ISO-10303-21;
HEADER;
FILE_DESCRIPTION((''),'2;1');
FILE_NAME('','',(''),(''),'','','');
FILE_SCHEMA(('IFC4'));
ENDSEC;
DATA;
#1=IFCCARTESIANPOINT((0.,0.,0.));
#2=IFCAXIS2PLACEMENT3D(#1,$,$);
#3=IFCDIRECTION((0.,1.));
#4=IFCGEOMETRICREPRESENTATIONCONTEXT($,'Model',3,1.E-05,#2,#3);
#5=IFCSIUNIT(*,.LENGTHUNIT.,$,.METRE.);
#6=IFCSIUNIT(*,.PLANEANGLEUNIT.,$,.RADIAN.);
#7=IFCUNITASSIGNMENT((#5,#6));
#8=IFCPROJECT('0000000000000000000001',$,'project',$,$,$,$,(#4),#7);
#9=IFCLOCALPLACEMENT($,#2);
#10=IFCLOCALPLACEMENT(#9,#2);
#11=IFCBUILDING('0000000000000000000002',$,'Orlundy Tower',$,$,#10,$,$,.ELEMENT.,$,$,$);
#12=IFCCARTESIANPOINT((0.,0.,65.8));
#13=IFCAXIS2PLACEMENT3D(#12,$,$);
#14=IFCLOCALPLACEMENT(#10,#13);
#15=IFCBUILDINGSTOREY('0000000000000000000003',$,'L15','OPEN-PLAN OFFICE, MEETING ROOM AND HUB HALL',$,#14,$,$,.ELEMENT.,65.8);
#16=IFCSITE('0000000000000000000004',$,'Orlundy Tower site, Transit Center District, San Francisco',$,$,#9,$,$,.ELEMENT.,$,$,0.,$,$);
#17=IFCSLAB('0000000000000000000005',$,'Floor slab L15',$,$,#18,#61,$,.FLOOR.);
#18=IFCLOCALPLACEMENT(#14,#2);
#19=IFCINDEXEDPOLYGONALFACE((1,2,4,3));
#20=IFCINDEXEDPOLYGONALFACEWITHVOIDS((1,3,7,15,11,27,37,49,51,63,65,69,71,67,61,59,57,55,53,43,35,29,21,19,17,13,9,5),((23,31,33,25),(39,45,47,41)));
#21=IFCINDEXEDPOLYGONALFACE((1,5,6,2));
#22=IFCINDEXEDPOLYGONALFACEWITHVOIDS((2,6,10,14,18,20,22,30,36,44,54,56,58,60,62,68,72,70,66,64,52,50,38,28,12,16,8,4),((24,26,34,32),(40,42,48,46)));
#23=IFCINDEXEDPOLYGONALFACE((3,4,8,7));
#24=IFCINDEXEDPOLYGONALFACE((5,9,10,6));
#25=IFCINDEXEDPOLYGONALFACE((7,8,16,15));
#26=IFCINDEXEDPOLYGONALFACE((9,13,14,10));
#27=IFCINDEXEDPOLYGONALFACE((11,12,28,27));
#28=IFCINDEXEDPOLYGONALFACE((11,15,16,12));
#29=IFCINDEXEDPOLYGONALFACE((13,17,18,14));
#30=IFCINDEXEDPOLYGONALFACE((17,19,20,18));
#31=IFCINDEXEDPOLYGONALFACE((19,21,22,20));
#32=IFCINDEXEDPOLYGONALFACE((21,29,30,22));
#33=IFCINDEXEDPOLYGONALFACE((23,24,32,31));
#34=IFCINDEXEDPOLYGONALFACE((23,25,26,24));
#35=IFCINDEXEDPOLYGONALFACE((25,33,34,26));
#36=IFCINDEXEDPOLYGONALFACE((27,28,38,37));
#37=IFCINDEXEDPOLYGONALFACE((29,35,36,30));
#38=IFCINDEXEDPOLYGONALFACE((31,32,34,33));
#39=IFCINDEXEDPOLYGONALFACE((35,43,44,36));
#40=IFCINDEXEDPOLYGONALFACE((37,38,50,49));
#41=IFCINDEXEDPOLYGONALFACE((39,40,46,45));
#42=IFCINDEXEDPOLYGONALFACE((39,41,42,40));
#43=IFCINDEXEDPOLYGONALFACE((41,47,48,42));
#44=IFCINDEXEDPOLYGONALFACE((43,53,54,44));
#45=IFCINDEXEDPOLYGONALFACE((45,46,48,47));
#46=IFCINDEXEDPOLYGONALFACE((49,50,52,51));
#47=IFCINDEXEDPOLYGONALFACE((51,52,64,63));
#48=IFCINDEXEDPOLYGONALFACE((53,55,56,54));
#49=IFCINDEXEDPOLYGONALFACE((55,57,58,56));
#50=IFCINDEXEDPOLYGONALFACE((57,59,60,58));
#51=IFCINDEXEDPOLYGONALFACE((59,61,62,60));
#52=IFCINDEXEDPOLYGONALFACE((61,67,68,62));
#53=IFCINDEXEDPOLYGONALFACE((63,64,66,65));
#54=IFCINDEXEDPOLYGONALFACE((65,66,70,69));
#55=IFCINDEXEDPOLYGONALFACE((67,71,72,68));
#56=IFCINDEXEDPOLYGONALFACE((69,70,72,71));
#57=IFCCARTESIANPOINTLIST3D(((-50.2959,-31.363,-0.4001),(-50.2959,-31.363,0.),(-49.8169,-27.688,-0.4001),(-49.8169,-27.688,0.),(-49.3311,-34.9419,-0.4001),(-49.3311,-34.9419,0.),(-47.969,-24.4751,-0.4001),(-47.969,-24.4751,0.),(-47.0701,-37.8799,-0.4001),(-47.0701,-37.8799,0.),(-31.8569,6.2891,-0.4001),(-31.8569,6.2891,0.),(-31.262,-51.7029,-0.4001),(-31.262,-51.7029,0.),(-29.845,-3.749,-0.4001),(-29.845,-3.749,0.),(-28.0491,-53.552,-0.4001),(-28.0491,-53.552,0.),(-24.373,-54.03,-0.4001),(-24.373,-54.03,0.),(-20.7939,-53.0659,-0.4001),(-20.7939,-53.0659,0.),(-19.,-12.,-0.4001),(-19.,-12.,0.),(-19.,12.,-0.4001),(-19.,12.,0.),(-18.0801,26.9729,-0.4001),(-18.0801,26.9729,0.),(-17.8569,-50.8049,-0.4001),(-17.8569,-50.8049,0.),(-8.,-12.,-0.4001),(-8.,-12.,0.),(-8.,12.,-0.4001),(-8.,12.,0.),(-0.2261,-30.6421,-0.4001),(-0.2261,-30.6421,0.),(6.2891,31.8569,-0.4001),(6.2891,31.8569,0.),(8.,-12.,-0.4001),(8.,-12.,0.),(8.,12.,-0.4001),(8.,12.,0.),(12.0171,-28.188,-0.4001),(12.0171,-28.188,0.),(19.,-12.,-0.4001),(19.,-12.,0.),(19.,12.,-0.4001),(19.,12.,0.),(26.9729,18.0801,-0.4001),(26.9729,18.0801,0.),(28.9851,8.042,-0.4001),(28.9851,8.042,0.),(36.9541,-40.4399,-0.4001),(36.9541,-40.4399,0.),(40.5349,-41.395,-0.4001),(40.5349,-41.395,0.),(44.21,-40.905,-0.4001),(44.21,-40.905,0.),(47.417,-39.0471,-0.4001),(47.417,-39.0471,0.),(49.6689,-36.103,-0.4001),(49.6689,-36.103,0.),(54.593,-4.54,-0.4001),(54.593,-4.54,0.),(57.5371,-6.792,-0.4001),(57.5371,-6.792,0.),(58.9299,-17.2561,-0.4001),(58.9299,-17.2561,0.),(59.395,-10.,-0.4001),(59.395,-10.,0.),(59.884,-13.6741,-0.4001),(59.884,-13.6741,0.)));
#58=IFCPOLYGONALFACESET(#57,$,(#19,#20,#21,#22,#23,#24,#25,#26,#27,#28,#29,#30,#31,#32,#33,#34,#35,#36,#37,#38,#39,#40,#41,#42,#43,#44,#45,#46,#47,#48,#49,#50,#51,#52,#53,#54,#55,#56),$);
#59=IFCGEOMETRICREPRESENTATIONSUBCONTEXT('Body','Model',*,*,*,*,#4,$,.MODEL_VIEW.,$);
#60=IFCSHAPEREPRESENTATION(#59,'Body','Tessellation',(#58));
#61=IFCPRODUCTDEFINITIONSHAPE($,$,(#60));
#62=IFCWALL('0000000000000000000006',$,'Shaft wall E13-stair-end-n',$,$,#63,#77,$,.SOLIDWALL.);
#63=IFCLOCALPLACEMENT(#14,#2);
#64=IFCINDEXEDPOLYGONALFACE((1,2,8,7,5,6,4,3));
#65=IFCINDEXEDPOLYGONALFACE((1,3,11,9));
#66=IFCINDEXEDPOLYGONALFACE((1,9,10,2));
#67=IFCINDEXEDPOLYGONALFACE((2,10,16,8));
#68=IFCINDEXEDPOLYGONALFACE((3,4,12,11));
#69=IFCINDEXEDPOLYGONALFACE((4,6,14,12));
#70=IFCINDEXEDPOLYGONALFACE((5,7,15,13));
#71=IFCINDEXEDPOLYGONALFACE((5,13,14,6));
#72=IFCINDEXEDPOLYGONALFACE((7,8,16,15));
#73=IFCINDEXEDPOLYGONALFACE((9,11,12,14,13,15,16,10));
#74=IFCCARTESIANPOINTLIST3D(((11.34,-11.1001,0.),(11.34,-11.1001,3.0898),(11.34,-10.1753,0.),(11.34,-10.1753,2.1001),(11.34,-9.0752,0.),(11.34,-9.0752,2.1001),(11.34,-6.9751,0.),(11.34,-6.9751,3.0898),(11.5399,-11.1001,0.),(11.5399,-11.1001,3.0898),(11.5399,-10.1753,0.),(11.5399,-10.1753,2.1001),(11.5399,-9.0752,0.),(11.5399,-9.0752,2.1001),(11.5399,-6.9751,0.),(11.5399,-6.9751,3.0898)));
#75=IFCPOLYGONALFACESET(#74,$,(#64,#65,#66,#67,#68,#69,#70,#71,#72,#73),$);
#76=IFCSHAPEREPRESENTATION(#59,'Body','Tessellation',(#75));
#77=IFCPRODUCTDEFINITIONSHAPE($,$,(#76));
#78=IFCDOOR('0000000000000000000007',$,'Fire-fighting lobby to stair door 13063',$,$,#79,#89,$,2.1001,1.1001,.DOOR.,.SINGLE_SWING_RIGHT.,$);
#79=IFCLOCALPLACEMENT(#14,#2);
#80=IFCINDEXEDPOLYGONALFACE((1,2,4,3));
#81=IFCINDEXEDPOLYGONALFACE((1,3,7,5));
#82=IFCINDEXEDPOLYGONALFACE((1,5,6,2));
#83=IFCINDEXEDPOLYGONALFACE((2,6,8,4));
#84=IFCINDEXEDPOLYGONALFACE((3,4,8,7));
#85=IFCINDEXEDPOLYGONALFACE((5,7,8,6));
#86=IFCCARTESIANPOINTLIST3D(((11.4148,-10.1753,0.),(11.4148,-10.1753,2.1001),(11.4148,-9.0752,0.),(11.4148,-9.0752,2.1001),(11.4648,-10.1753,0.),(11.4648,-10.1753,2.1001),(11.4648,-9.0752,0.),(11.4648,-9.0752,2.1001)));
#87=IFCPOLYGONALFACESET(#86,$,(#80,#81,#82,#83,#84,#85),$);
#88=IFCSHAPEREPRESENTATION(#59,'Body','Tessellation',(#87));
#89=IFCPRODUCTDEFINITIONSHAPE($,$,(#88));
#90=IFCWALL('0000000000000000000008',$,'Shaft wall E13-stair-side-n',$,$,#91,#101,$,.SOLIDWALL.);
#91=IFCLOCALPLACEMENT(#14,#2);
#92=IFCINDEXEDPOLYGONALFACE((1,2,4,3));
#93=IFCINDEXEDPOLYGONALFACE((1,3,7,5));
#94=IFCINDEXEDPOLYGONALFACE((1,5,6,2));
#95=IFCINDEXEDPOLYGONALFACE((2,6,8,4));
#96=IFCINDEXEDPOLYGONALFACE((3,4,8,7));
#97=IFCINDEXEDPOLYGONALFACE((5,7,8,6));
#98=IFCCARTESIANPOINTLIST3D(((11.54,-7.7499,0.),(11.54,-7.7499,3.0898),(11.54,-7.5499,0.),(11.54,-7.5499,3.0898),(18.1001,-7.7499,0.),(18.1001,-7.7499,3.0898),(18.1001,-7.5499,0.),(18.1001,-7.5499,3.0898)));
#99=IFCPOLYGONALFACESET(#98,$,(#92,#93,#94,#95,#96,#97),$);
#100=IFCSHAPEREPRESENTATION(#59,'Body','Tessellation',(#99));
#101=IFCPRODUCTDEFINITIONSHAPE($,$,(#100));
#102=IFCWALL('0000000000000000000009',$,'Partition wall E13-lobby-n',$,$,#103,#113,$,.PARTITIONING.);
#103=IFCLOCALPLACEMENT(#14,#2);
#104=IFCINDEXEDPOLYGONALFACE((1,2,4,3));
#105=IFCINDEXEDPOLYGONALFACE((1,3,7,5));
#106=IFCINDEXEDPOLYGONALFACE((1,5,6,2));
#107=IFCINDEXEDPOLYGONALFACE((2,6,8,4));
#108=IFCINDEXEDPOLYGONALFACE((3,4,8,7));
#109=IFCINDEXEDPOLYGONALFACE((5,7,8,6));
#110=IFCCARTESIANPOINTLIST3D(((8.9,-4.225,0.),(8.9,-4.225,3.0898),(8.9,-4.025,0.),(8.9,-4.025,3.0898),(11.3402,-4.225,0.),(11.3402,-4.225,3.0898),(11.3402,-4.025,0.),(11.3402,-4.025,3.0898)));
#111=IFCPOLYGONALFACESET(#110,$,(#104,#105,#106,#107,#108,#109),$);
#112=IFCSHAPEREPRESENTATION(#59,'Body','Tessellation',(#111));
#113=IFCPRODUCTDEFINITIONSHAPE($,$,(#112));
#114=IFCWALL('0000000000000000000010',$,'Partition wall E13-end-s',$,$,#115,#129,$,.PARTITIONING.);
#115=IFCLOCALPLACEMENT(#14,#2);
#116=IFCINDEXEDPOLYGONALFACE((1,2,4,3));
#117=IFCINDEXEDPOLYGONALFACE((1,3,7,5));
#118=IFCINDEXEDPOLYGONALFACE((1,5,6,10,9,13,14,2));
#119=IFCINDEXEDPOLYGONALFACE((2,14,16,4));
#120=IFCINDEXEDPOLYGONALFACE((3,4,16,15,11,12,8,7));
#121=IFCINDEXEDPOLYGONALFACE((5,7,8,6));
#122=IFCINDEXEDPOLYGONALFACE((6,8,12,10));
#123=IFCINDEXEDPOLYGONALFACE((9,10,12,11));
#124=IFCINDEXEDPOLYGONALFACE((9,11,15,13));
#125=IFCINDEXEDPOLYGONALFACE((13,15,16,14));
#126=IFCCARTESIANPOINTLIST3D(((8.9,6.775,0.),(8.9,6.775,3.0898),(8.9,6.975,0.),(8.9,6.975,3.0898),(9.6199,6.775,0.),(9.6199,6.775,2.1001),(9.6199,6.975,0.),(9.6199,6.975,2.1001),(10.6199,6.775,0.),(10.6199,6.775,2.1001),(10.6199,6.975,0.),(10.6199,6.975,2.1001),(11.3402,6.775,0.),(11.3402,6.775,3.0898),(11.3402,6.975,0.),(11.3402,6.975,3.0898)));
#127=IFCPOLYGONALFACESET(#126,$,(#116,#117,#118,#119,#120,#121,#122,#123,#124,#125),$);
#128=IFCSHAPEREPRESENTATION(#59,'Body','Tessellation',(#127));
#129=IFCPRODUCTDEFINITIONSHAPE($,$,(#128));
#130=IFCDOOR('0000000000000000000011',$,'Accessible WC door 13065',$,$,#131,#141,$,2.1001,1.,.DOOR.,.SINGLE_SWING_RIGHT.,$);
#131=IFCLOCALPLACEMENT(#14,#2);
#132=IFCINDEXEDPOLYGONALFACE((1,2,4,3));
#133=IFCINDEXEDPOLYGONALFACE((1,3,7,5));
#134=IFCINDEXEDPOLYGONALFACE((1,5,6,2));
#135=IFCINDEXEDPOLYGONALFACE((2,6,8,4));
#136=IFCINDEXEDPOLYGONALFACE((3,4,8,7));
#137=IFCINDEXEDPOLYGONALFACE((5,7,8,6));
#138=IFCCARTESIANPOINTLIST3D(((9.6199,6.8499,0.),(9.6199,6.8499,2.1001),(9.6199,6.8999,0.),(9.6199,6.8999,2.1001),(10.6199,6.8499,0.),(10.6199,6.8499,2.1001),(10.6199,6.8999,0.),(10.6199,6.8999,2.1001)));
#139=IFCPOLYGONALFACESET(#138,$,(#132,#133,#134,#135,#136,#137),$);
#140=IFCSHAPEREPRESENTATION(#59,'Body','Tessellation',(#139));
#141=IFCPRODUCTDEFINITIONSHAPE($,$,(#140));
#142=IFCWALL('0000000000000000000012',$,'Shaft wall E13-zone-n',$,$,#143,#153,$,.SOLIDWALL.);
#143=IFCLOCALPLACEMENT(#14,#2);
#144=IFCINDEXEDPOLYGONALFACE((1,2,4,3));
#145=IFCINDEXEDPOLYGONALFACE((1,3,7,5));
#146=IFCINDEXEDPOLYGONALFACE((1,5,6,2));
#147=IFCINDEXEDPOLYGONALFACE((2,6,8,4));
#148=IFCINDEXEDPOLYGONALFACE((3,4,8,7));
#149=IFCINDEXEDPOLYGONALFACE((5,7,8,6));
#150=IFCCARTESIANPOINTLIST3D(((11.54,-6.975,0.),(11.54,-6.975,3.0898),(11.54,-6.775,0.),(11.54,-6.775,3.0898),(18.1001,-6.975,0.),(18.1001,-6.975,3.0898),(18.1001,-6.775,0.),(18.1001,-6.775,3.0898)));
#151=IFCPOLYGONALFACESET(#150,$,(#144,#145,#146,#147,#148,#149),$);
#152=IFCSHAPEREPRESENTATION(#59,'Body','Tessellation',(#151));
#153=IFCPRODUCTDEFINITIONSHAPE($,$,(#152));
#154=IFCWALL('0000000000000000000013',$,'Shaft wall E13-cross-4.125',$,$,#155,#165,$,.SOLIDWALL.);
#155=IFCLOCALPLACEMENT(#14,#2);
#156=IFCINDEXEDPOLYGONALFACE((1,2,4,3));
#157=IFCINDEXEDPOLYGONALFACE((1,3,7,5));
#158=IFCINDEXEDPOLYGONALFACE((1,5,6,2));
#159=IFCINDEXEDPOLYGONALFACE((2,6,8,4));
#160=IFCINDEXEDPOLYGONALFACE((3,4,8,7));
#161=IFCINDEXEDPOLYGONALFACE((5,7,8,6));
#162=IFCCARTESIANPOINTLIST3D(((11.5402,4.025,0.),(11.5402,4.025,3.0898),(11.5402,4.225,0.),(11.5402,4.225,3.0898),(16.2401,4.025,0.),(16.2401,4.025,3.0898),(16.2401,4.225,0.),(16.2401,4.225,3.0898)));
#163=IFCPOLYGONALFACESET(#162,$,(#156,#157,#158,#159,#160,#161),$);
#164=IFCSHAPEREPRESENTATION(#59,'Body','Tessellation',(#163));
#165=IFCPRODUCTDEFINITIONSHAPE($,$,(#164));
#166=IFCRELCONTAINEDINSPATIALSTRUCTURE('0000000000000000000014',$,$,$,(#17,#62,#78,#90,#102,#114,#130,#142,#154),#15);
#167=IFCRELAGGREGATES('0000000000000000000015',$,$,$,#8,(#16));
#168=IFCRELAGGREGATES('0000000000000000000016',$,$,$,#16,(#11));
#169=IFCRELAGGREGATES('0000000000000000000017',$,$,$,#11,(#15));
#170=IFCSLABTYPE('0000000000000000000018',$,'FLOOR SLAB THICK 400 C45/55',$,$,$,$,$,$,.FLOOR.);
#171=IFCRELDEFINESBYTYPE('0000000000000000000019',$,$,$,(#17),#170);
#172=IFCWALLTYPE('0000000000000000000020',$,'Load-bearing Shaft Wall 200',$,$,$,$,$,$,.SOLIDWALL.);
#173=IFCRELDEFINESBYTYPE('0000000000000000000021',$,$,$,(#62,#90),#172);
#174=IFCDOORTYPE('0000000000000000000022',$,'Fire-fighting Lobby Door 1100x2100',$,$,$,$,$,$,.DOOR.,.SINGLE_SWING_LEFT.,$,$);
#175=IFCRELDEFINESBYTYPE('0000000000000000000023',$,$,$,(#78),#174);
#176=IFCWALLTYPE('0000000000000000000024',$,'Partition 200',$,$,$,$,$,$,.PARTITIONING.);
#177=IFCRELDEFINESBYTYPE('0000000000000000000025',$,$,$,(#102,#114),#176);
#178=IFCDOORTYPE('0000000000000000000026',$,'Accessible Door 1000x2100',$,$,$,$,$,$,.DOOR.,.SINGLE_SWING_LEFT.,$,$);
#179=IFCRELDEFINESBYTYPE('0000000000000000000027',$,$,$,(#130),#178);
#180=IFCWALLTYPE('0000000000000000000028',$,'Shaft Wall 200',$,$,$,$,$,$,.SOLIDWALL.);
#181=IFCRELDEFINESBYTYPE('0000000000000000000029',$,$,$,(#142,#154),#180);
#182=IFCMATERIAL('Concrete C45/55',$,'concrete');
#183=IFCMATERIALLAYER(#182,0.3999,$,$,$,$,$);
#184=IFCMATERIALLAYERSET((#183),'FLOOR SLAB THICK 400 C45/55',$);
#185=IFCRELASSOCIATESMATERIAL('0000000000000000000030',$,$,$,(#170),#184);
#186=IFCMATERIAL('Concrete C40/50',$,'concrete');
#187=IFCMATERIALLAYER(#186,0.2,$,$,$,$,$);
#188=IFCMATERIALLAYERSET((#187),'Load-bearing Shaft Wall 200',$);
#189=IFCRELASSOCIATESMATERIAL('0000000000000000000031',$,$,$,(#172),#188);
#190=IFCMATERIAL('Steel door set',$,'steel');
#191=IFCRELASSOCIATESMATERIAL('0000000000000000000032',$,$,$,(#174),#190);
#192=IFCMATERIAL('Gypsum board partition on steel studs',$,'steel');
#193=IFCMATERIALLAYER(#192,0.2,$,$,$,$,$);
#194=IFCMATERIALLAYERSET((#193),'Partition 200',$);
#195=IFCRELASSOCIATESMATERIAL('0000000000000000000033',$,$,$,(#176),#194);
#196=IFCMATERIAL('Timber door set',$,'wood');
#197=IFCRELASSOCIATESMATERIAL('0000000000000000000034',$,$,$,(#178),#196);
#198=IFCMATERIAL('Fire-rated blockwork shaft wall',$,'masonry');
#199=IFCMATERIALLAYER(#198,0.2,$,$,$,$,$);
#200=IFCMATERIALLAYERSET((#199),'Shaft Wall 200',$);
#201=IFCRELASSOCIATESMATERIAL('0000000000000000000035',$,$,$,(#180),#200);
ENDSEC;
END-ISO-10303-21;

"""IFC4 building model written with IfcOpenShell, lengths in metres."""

from ifc_helpers import new_model, si_unit, direction, frame, frame_2d, origin, place, context, subcontext, project, spatial, polyline, rectangle, outline, extrude, material, layer, layer_set, type_object, element, fill, save


model = new_model("IFC4")

# Units and contexts
model_context = context("Model", 3, precision=1e-05, world=origin(), true_north=direction((0.0, 1.0)))
body_context = subcontext(model_context, "Body", "Model", "MODEL_VIEW")
ifc_project = project(units=[si_unit("LENGTHUNIT", "METRE"), si_unit("PLANEANGLEUNIT", "RADIAN")], contexts=[model_context])

# Site, building, storey
site_placement = place(None, origin())
site = spatial("IfcSite", under=ifc_project, at=site_placement, Name="Orlundy Tower site, Transit Center District, San Francisco", CompositionType="ELEMENT", RefElevation=0.0)
building_placement = place(site_placement, origin())
building = spatial("IfcBuilding", under=site, at=building_placement, Name="Orlundy Tower", CompositionType="ELEMENT")
storey_placement = place(building_placement, frame((0.0, 0.0, 65.8)))
storey = spatial("IfcBuildingStorey", under=building, at=storey_placement, Name="L15", Description="OPEN-PLAN OFFICE, MEETING ROOM AND HUB HALL", CompositionType="ELEMENT", Elevation=65.8)

# Slab
ifc_material_1 = material(Name="Concrete C45/55", Category="concrete")
ifc_layer_1 = layer(ifc_material_1, 0.3999)
ifc_layer_set_1 = layer_set([ifc_layer_1], Name="FLOOR SLAB THICK 400 C45/55")
slab_type_1 = type_object("IfcSlabType", Name="FLOOR SLAB THICK 400 C45/55", PredefinedType="FLOOR", material=ifc_layer_set_1)
slab_1_placement = place(storey_placement, frame((0.0, 0.0, -0.4001)))
element("IfcSlab", 1, at=slab_1_placement, inside=storey, type_object=slab_type_1, Name="Floor slab L15", PredefinedType="FLOOR", context=body_context, shape_type="SweptSolid", body=[
    extrude(outline(polyline([(12.0171, -28.188), (-0.2261, -30.6421), (-17.8569, -50.8049), (-20.7939, -53.0659), (-24.373, -54.03), (-28.0491, -53.552), (-31.262, -51.7029), (-47.0701, -37.8799), (-49.3311, -34.9419), (-50.2959, -31.363), (-49.8169, -27.688), (-47.969, -24.4751), (-29.845, -3.749), (-31.8569, 6.2891), (-18.0801, 26.9729), (6.2891, 31.8569), (26.9729, 18.0801), (28.9851, 8.042), (54.593, -4.54), (57.5371, -6.792), (59.395, -10.0), (59.884, -13.6741), (58.9299, -17.2561), (49.6689, -36.103), (47.417, -39.0471), (44.21, -40.905), (40.5349, -41.395), (36.9541, -40.4399), (12.0171, -28.188)]), holes=[polyline([(-8.0, -12.0), (-8.0, 12.0), (-19.0, 12.0), (-19.0, -12.0), (-8.0, -12.0)]), polyline([(19.0, -12.0), (19.0, 12.0), (8.0, 12.0), (8.0, -12.0), (19.0, -12.0)])]), origin(), (0.0, 0.0, 1.0), 0.4001),
])

# Wall, opening, door
ifc_material_2 = material(Name="Concrete C40/50", Category="concrete")
ifc_layer_2 = layer(ifc_material_2, 0.2)
ifc_layer_set_2 = layer_set([ifc_layer_2], Name="Load-bearing Shaft Wall 200")
wall_type_1 = type_object("IfcWallType", Name="Load-bearing Shaft Wall 200", PredefinedType="SOLIDWALL", material=ifc_layer_set_2)
wall_1_placement = place(storey_placement, frame((11.4399, -6.9751, 0.0), z_axis=(0.0, 0.0, 1.0), x_axis=(0.0, -1.0, 0.0)))
wall_1 = element("IfcWall", 2, at=wall_1_placement, inside=storey, type_object=wall_type_1, Name="Shaft wall E13-stair-end-n", PredefinedType="SOLIDWALL", context=body_context, shape_type="SweptSolid", body=[
    extrude(rectangle(XDim=4.125, YDim=0.2, at=frame_2d((2.0625, 0.0))), origin(), (0.0, 0.0, 1.0), 3.0898),
])
opening_1_placement = place(wall_1_placement, frame((2.1001, 0.0, 0.0)))
opening_1 = element("IfcOpeningElement", 3, at=opening_1_placement, cuts=wall_1, PredefinedType="OPENING", context=body_context, shape_type="SweptSolid", body=[
    extrude(rectangle(XDim=1.1001, YDim=2.1001, at=frame_2d((0.55, 1.05))), frame((0.0, 0.1101, 0.0), z_axis=(0.0, -1.0, 0.0), x_axis=(1.0, 0.0, 0.0)), (0.0, 0.0, 1.0), 0.2202),
])
ifc_material_3 = material(Name="Steel door set", Category="steel")
door_type_1 = type_object("IfcDoorType", Name="Fire-fighting Lobby Door 1100x2100", OperationType="SINGLE_SWING_LEFT", PredefinedType="DOOR", material=ifc_material_3)
door_1_placement = place(opening_1_placement, origin())
door_1 = element("IfcDoor", 4, at=door_1_placement, inside=storey, type_object=door_type_1, Name="Fire-fighting lobby to stair door 13063", OperationType="SINGLE_SWING_RIGHT", OverallHeight=2.1001, OverallWidth=1.1001, PredefinedType="DOOR", context=body_context, shape_type="SweptSolid", body=[
    extrude(rectangle(XDim=1.1001, YDim=2.1001, at=frame_2d((0.55, 1.05))), frame((0.0, 0.0249, 0.0), z_axis=(0.0, -1.0, 0.0), x_axis=(1.0, 0.0, 0.0)), (0.0, 0.0, 1.0), 0.05),
])
fill(opening_1, door_1)

# Walls
wall_2_placement = place(storey_placement, frame((11.54, -7.6499, 0.0), z_axis=(0.0, 0.0, 1.0), x_axis=(1.0, 0.0, 0.0)))
element("IfcWall", 5, at=wall_2_placement, inside=storey, type_object=wall_type_1, Name="Shaft wall E13-stair-side-n", PredefinedType="SOLIDWALL", context=body_context, shape_type="SweptSolid", body=[
    extrude(rectangle(XDim=6.5601, YDim=0.2, at=frame_2d((3.28, 0.0))), origin(), (0.0, 0.0, 1.0), 3.0898),
])
ifc_material_4 = material(Name="Gypsum board partition on steel studs", Category="steel")
ifc_layer_3 = layer(ifc_material_4, 0.2)
ifc_layer_set_3 = layer_set([ifc_layer_3], Name="Partition 200")
wall_type_2 = type_object("IfcWallType", Name="Partition 200", PredefinedType="PARTITIONING", material=ifc_layer_set_3)
wall_3_placement = place(storey_placement, frame((8.8999, -4.125, 0.0), z_axis=(0.0, 0.0, 1.0), x_axis=(1.0, 0.0, 0.0)))
element("IfcWall", 6, at=wall_3_placement, inside=storey, type_object=wall_type_2, Name="Partition wall E13-lobby-n", PredefinedType="PARTITIONING", context=body_context, shape_type="SweptSolid", body=[
    extrude(rectangle(XDim=2.4402, YDim=0.2, at=frame_2d((1.2202, 0.0))), origin(), (0.0, 0.0, 1.0), 3.0898),
])

# Wall, opening, door
wall_4_placement = place(storey_placement, frame((8.8999, 6.875, 0.0), z_axis=(0.0, 0.0, 1.0), x_axis=(1.0, 0.0, 0.0)))
wall_4 = element("IfcWall", 7, at=wall_4_placement, inside=storey, type_object=wall_type_2, Name="Partition wall E13-end-s", PredefinedType="PARTITIONING", context=body_context, shape_type="SweptSolid", body=[
    extrude(rectangle(XDim=2.4402, YDim=0.2, at=frame_2d((1.2202, 0.0))), origin(), (0.0, 0.0, 1.0), 3.0898),
])
opening_2_placement = place(wall_4_placement, frame((0.72, 0.0, 0.0)))
opening_2 = element("IfcOpeningElement", 8, at=opening_2_placement, cuts=wall_4, PredefinedType="OPENING", context=body_context, shape_type="SweptSolid", body=[
    extrude(rectangle(XDim=1.0, YDim=2.1001, at=frame_2d((0.5, 1.05))), frame((0.0, 0.1101, 0.0), z_axis=(0.0, -1.0, 0.0), x_axis=(1.0, 0.0, 0.0)), (0.0, 0.0, 1.0), 0.2202),
])
ifc_material_5 = material(Name="Timber door set", Category="wood")
door_type_2 = type_object("IfcDoorType", Name="Accessible Door 1000x2100", OperationType="SINGLE_SWING_LEFT", PredefinedType="DOOR", material=ifc_material_5)
door_2_placement = place(opening_2_placement, origin())
door_2 = element("IfcDoor", 9, at=door_2_placement, inside=storey, type_object=door_type_2, Name="Accessible WC door 13065", OperationType="SINGLE_SWING_RIGHT", OverallHeight=2.1001, OverallWidth=1.0, PredefinedType="DOOR", context=body_context, shape_type="SweptSolid", body=[
    extrude(rectangle(XDim=1.0, YDim=2.1001, at=frame_2d((0.5, 1.05))), frame((0.0, 0.0249, 0.0), z_axis=(0.0, -1.0, 0.0), x_axis=(1.0, 0.0, 0.0)), (0.0, 0.0, 1.0), 0.05),
])
fill(opening_2, door_2)

# Walls
ifc_material_6 = material(Name="Fire-rated blockwork shaft wall", Category="masonry")
ifc_layer_4 = layer(ifc_material_6, 0.2)
ifc_layer_set_4 = layer_set([ifc_layer_4], Name="Shaft Wall 200")
wall_type_3 = type_object("IfcWallType", Name="Shaft Wall 200", PredefinedType="SOLIDWALL", material=ifc_layer_set_4)
wall_5_placement = place(storey_placement, frame((11.54, -6.875, 0.0), z_axis=(0.0, 0.0, 1.0), x_axis=(1.0, 0.0, 0.0)))
element("IfcWall", 10, at=wall_5_placement, inside=storey, type_object=wall_type_3, Name="Shaft wall E13-zone-n", PredefinedType="SOLIDWALL", context=body_context, shape_type="SweptSolid", body=[
    extrude(rectangle(XDim=6.5601, YDim=0.2, at=frame_2d((3.28, 0.0))), origin(), (0.0, 0.0, 1.0), 3.0898),
])
wall_6_placement = place(storey_placement, frame((11.54, 4.125, 0.0), z_axis=(0.0, 0.0, 1.0), x_axis=(1.0, 0.0, 0.0)))
element("IfcWall", 11, at=wall_6_placement, inside=storey, type_object=wall_type_3, Name="Shaft wall E13-cross-4.125", PredefinedType="SOLIDWALL", context=body_context, shape_type="SweptSolid", body=[
    extrude(rectangle(XDim=4.7, YDim=0.2, at=frame_2d((2.3501, 0.0))), origin(), (0.0, 0.0, 1.0), 3.0898),
])

save(model, "model.ifc")
